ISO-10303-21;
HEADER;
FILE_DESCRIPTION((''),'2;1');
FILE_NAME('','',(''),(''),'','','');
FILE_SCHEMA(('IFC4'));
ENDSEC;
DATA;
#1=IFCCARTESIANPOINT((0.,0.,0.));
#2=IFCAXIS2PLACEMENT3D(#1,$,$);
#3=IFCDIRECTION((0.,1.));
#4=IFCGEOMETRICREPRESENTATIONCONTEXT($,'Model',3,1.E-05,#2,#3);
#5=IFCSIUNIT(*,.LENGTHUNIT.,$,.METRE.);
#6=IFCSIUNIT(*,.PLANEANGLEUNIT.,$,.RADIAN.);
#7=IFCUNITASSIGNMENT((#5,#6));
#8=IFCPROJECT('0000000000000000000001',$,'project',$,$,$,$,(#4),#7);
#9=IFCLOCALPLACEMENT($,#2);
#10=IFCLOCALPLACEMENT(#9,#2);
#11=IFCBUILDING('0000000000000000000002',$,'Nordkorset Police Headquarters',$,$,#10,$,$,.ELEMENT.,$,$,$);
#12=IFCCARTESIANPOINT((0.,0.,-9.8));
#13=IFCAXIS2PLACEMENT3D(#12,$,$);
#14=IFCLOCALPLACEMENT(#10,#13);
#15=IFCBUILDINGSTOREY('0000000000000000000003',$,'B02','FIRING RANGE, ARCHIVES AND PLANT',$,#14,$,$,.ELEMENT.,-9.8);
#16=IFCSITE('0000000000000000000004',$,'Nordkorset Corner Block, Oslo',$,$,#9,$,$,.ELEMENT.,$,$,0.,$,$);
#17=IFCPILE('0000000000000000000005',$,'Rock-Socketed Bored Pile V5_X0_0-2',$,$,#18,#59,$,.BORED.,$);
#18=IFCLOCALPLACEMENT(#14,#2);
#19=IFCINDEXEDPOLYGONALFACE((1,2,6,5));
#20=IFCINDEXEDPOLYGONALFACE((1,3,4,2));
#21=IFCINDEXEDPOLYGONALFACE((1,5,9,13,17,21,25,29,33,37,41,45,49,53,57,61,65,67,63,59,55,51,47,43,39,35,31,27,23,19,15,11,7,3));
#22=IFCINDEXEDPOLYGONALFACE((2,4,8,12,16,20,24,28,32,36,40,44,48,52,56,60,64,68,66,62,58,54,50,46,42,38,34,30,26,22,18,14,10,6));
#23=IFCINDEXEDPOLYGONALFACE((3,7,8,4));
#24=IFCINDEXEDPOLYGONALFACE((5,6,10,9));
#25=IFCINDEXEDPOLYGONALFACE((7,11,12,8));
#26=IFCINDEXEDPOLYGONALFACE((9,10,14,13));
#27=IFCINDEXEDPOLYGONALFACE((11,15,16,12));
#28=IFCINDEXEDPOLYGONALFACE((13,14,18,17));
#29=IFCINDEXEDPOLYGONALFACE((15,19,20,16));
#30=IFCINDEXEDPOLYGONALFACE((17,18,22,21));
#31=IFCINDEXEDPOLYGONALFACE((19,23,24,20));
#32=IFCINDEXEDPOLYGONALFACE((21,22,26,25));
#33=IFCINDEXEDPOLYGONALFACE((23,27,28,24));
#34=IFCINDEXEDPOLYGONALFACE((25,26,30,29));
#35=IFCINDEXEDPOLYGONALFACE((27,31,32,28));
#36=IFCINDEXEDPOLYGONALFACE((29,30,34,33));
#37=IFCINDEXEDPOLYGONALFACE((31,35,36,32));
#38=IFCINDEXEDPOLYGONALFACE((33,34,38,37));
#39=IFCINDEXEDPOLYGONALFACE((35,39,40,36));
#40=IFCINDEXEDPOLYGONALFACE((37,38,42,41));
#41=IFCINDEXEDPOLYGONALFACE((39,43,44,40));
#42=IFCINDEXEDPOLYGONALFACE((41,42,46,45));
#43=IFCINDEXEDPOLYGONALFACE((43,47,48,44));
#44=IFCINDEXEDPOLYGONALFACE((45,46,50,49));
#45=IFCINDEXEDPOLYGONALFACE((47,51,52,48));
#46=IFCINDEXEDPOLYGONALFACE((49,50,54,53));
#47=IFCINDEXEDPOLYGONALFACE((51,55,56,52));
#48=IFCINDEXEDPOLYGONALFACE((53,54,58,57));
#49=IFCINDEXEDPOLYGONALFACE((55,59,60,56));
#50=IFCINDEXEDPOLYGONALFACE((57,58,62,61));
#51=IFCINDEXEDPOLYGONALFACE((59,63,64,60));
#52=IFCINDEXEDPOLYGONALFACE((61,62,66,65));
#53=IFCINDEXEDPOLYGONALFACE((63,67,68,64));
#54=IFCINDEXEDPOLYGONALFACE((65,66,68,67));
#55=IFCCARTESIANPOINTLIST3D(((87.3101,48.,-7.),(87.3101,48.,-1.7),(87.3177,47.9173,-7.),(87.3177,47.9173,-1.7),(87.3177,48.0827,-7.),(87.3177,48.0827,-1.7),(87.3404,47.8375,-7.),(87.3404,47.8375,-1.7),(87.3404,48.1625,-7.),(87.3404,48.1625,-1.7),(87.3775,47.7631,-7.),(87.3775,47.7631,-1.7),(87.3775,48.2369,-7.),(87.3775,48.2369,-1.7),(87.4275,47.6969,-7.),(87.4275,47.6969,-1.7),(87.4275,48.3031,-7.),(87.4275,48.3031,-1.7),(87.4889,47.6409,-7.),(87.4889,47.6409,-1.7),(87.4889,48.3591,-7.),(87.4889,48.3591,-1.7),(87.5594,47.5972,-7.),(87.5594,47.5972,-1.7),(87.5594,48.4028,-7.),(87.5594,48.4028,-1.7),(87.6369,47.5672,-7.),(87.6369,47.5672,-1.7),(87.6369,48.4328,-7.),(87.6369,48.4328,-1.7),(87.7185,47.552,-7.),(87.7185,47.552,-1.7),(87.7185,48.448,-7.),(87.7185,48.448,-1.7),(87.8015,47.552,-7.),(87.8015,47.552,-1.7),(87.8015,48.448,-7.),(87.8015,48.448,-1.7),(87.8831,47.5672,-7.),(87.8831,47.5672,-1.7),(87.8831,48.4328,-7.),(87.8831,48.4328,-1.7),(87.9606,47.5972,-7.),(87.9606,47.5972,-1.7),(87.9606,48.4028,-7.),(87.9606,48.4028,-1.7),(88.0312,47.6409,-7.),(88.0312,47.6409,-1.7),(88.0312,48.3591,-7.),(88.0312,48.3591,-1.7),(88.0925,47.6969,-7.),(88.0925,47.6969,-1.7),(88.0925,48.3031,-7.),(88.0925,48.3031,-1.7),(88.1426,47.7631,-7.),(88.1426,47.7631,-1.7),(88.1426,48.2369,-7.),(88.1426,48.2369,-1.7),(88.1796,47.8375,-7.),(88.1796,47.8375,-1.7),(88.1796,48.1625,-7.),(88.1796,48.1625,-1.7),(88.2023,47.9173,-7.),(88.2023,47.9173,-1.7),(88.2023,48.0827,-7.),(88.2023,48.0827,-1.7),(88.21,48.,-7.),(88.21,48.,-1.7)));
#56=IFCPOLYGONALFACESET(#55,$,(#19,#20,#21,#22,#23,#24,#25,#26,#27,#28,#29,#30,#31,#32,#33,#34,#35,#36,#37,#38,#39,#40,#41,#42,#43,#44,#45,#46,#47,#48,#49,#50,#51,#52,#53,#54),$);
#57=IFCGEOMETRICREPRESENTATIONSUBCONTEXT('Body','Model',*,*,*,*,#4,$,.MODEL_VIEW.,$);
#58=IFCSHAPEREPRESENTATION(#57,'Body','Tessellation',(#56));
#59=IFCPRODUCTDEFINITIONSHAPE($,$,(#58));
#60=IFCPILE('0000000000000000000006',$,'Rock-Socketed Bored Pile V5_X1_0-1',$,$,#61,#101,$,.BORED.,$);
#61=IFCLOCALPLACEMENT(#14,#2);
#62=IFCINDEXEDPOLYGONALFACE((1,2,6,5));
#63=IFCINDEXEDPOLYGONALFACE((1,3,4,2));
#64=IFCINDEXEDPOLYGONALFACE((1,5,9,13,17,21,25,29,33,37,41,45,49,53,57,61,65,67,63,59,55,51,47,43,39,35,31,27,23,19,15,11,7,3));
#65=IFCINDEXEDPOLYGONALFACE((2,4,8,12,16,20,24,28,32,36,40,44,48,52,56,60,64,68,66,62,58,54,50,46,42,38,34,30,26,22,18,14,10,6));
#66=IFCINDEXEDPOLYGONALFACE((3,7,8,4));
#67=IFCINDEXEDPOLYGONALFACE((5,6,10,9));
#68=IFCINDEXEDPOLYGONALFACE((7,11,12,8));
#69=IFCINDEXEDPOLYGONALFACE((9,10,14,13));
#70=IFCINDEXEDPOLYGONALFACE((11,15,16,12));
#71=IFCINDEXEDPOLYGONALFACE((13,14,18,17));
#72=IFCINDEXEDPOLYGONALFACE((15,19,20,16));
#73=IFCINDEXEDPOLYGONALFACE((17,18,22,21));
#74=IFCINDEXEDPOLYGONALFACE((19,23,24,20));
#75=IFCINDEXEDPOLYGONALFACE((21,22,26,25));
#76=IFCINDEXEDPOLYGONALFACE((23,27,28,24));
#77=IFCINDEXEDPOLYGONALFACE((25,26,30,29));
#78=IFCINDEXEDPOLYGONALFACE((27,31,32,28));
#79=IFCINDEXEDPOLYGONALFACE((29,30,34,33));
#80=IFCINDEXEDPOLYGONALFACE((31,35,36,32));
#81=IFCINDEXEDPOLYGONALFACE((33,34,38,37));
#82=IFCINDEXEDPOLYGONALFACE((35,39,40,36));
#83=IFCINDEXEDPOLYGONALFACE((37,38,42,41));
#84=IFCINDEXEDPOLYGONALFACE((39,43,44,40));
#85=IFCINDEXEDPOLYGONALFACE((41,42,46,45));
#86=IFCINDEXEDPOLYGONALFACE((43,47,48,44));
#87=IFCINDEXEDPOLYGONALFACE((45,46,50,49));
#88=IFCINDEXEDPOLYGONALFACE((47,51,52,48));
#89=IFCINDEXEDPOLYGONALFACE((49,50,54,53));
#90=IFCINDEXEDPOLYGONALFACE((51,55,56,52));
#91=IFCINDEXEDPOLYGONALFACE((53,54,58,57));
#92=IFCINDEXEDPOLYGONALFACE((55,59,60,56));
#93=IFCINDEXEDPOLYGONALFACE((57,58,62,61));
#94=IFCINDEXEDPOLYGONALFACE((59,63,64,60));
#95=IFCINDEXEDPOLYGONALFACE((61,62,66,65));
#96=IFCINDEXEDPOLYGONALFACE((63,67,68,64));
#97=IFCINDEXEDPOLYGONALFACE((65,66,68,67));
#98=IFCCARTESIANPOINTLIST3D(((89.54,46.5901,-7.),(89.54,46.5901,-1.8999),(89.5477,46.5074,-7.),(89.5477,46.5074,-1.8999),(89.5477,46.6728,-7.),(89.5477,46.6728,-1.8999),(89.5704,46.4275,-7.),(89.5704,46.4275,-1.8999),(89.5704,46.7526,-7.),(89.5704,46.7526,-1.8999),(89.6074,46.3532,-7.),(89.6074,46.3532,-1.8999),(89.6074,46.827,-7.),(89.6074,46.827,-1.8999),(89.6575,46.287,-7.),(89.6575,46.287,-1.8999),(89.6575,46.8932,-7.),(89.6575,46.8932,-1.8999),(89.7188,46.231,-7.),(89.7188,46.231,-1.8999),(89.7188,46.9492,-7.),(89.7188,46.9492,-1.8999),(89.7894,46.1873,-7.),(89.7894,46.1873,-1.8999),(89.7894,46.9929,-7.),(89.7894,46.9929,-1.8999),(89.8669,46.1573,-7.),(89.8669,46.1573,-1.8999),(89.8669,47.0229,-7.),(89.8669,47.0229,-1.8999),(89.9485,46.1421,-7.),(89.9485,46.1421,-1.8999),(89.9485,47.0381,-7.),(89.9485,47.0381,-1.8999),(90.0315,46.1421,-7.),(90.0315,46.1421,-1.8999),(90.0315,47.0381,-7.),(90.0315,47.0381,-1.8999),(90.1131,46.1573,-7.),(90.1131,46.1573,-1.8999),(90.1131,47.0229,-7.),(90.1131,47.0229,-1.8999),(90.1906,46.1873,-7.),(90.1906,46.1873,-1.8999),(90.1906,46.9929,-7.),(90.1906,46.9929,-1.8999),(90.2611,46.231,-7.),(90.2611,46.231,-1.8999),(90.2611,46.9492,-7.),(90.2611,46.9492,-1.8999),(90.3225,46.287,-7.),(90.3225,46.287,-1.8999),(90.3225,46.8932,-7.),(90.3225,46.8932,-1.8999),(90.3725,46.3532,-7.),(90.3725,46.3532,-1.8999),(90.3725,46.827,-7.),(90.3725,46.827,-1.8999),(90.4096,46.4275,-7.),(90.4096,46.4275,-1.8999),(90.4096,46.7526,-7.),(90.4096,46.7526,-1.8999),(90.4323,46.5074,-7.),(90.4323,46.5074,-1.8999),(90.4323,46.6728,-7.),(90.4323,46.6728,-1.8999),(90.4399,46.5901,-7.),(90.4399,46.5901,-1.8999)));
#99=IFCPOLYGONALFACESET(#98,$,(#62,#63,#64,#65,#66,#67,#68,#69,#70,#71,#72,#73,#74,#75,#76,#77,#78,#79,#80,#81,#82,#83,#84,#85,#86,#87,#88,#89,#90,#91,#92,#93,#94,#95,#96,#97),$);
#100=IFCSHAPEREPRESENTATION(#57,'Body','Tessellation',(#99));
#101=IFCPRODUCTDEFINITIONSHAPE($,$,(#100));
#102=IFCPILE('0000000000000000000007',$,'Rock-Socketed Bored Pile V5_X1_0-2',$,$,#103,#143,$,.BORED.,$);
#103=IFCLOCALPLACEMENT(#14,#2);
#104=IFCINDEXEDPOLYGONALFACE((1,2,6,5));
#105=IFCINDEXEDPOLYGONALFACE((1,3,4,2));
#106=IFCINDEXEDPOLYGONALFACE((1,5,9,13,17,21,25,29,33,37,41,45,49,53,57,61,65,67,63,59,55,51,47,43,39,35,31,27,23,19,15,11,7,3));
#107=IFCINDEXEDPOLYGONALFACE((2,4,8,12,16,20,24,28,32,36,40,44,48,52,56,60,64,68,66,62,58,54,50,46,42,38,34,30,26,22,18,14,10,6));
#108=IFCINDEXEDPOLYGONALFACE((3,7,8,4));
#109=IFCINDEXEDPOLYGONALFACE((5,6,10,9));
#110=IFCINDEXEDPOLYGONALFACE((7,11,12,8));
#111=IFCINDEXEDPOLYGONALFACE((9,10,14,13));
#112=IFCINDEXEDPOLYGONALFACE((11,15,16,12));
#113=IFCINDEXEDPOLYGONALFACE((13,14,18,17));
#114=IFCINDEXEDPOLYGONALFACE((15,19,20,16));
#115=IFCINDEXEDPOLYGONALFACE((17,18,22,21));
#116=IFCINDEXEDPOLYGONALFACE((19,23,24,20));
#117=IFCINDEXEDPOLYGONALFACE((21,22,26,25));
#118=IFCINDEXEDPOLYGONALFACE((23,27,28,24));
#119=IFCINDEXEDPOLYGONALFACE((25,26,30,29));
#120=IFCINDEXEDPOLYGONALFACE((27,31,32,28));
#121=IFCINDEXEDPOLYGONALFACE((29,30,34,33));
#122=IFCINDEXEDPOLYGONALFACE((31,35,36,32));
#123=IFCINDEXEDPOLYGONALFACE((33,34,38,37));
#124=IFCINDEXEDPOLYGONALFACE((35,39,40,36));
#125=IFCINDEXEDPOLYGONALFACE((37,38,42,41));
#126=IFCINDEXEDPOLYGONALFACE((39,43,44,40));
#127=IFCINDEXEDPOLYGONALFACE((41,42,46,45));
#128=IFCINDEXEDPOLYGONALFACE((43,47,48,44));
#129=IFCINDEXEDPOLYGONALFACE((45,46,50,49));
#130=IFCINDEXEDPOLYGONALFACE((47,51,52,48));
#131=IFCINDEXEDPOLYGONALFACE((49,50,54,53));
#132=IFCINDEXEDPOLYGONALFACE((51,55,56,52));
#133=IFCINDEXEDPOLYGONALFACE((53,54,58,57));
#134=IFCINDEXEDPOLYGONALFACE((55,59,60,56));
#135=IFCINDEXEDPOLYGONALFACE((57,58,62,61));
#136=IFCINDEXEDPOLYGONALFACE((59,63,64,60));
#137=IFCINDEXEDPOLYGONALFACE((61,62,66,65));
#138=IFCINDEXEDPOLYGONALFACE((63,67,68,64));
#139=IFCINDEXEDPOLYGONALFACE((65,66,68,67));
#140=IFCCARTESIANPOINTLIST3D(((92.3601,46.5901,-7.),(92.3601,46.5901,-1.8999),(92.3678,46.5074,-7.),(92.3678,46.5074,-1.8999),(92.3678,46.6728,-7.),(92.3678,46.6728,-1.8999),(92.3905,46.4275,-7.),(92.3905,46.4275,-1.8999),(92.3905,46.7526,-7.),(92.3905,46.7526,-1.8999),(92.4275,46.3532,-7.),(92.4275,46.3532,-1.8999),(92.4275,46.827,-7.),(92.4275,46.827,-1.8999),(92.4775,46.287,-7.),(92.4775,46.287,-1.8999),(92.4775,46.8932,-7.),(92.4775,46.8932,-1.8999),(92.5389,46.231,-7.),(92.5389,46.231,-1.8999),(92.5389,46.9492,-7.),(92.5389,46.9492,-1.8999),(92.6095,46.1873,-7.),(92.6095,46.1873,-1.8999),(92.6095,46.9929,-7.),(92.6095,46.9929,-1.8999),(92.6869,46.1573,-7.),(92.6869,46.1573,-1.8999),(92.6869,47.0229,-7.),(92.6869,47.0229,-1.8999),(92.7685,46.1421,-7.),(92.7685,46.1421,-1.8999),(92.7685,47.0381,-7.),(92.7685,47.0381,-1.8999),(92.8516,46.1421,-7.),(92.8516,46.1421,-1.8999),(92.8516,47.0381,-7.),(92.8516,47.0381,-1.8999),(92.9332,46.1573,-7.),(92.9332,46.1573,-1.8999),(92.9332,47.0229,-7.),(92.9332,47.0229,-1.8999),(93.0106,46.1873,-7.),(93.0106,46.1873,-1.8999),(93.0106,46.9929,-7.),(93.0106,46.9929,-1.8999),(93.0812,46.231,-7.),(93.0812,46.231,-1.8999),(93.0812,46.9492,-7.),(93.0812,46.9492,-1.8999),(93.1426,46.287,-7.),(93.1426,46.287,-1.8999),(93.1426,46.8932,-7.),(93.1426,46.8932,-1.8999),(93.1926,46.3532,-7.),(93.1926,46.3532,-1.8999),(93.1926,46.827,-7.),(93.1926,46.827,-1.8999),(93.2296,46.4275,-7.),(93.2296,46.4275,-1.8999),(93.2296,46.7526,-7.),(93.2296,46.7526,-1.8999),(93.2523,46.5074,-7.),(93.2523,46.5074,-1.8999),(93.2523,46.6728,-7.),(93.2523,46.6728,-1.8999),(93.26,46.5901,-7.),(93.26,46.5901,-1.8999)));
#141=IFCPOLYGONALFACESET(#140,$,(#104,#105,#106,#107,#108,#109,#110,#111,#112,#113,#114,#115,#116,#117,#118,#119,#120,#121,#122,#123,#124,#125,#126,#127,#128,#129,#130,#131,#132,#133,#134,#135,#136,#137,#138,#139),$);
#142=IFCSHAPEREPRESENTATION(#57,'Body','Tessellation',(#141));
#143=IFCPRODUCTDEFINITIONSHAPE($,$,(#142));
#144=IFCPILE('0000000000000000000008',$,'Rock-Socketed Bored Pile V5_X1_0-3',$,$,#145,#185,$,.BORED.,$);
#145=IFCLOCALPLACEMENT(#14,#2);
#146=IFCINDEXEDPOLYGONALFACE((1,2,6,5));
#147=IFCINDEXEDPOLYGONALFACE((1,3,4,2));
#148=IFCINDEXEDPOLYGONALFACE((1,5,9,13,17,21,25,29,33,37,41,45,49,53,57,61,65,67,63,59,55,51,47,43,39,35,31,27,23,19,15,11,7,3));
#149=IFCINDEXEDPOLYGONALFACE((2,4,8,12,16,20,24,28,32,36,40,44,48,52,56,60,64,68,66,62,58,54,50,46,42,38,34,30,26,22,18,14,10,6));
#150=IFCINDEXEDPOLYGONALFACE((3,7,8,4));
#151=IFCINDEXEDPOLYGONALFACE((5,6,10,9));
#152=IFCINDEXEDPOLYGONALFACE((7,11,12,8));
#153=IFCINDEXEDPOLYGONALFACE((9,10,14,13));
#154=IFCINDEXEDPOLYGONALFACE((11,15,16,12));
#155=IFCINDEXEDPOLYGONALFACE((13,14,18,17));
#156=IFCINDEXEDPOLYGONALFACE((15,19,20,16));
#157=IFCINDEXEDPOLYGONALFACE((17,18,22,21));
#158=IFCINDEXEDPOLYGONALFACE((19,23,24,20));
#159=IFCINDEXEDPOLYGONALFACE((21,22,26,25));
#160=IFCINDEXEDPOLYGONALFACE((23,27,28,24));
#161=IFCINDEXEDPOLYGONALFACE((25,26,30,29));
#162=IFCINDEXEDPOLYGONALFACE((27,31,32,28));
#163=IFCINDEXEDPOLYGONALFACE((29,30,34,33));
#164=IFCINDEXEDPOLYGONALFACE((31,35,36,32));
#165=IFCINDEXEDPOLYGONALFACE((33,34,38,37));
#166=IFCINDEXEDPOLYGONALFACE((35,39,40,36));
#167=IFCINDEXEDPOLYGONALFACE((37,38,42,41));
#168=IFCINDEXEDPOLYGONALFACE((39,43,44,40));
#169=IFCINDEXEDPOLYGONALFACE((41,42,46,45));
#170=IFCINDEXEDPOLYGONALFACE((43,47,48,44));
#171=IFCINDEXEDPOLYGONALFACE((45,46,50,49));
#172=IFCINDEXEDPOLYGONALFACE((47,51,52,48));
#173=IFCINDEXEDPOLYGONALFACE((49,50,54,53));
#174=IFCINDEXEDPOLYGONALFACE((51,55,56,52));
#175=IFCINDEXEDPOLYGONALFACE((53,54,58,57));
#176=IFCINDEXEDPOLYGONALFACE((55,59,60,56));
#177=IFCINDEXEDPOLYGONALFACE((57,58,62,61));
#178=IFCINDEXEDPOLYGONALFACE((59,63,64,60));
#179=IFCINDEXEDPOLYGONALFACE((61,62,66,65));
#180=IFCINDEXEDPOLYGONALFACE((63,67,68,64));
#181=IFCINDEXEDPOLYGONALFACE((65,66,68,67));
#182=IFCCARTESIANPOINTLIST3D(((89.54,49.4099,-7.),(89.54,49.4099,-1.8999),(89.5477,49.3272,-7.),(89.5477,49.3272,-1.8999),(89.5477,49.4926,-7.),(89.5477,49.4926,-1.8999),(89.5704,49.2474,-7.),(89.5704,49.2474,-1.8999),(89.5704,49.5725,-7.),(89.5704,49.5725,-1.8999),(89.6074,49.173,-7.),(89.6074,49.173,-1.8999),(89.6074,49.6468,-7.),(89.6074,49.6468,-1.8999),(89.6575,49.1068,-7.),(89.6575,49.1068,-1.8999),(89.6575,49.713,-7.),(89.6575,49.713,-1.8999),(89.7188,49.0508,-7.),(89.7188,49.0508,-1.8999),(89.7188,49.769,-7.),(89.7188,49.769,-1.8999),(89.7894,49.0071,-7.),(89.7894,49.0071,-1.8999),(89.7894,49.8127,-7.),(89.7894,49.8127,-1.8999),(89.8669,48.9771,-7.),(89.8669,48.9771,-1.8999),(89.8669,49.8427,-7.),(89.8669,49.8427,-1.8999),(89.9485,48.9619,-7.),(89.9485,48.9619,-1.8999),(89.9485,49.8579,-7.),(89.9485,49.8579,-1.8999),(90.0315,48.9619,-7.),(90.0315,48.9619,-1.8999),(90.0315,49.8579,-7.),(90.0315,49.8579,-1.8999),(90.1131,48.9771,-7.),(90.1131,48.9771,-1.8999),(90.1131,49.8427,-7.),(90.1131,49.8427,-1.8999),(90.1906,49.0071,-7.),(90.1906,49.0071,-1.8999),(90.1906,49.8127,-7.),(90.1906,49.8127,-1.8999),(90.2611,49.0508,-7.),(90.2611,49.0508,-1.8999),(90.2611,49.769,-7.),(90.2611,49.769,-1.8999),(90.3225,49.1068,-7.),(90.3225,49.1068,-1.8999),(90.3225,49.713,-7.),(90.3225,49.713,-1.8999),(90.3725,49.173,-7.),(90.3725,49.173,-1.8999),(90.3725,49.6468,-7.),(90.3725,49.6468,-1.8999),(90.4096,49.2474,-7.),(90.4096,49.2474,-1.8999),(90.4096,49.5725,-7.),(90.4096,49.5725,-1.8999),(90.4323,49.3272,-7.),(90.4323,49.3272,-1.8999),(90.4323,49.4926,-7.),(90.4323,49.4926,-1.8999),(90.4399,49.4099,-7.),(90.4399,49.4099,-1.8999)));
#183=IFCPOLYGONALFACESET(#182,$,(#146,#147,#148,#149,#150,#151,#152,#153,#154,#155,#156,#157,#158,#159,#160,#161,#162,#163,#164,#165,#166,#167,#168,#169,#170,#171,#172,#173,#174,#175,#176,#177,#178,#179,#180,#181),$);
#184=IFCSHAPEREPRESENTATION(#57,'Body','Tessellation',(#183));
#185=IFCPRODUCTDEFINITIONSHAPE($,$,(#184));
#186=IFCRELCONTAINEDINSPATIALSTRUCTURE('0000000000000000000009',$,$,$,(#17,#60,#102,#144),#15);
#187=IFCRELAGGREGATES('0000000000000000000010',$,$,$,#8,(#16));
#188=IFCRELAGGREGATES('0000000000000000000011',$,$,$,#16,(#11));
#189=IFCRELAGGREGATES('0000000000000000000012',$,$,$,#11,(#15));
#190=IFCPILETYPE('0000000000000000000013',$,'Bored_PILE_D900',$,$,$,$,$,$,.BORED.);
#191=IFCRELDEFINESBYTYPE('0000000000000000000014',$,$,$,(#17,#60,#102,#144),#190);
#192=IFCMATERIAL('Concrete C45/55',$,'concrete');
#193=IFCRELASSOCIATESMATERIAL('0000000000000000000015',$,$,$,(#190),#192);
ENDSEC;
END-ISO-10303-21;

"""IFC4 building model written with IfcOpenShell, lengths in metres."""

from ifc_helpers import new_model, si_unit, direction, frame, origin, origin_2d, place, context, subcontext, project, spatial, circle, extrude, material, material_profile, profile_set, type_object, element, save


model = new_model("IFC4")

# Units and contexts
model_context = context("Model", 3, precision=1e-05, world=origin(), true_north=direction((0.0, 1.0)))
body_context = subcontext(model_context, "Body", "Model", "MODEL_VIEW")
ifc_project = project(units=[si_unit("LENGTHUNIT", "METRE"), si_unit("PLANEANGLEUNIT", "RADIAN")], contexts=[model_context])

# Site, building, storey
site_placement = place(None, origin())
site = spatial("IfcSite", under=ifc_project, at=site_placement, Name="Nordkorset Corner Block, Oslo", CompositionType="ELEMENT", RefElevation=0.0)
building_placement = place(site_placement, origin())
building = spatial("IfcBuilding", under=site, at=building_placement, Name="Nordkorset Police Headquarters", CompositionType="ELEMENT")
storey_placement = place(building_placement, frame((0.0, 0.0, -9.8)))
storey = spatial("IfcBuildingStorey", under=building, at=storey_placement, Name="B02", Description="FIRING RANGE, ARCHIVES AND PLANT", CompositionType="ELEMENT", Elevation=-9.8)

# Piles
ifc_material_1 = material(Name="Concrete C45/55", Category="concrete")
ifc_material_profile_1 = material_profile(ifc_material_1, circle(Radius=0.45, at=origin_2d()), Name="PILE D900")
ifc_profile_set_1 = profile_set([ifc_material_profile_1], Name="Concrete C45/55")
pile_type = type_object("IfcPileType", Name="Bored_PILE_D900", PredefinedType="BORED", material=ifc_profile_set_1)
pile_1_placement = place(storey_placement, frame((87.76, 48.0, -1.7), z_axis=(0.0, 0.0, -1.0), x_axis=(1.0, 0.0, 0.0)))
element("IfcPile", 1, at=pile_1_placement, inside=storey, type_object=pile_type, Name="Rock-Socketed Bored Pile V5_X0_0-2", PredefinedType="BORED", context=body_context, shape_type="SweptSolid", body=[
    extrude(circle(Radius=0.45, at=origin_2d()), origin(), (0.0, 0.0, 1.0), 5.3),
])
for number, where, z_axis, x_axis, name in (
    (2, (89.99, 46.5901, -1.8999), (0.0, 0.0, -1.0), (1.0, 0.0, 0.0), "Rock-Socketed Bored Pile V5_X1_0-1"),
    (3, (92.8101, 46.5901, -1.8999), (0.0, 0.0, -1.0), (1.0, 0.0, 0.0), "Rock-Socketed Bored Pile V5_X1_0-2"),
    (4, (89.99, 49.4099, -1.8999), (0.0, 0.0, -1.0), (1.0, 0.0, 0.0), "Rock-Socketed Bored Pile V5_X1_0-3"),
):
    element("IfcPile", number, at=place(storey_placement, frame(where, z_axis=z_axis, x_axis=x_axis)), inside=storey, type_object=pile_type, Name=name, PredefinedType="BORED", context=body_context, shape_type="SweptSolid", body=[
        extrude(circle(Radius=0.45, at=origin_2d()), origin(), (0.0, 0.0, 1.0), 5.1001),
    ])

save(model, "model.ifc")
